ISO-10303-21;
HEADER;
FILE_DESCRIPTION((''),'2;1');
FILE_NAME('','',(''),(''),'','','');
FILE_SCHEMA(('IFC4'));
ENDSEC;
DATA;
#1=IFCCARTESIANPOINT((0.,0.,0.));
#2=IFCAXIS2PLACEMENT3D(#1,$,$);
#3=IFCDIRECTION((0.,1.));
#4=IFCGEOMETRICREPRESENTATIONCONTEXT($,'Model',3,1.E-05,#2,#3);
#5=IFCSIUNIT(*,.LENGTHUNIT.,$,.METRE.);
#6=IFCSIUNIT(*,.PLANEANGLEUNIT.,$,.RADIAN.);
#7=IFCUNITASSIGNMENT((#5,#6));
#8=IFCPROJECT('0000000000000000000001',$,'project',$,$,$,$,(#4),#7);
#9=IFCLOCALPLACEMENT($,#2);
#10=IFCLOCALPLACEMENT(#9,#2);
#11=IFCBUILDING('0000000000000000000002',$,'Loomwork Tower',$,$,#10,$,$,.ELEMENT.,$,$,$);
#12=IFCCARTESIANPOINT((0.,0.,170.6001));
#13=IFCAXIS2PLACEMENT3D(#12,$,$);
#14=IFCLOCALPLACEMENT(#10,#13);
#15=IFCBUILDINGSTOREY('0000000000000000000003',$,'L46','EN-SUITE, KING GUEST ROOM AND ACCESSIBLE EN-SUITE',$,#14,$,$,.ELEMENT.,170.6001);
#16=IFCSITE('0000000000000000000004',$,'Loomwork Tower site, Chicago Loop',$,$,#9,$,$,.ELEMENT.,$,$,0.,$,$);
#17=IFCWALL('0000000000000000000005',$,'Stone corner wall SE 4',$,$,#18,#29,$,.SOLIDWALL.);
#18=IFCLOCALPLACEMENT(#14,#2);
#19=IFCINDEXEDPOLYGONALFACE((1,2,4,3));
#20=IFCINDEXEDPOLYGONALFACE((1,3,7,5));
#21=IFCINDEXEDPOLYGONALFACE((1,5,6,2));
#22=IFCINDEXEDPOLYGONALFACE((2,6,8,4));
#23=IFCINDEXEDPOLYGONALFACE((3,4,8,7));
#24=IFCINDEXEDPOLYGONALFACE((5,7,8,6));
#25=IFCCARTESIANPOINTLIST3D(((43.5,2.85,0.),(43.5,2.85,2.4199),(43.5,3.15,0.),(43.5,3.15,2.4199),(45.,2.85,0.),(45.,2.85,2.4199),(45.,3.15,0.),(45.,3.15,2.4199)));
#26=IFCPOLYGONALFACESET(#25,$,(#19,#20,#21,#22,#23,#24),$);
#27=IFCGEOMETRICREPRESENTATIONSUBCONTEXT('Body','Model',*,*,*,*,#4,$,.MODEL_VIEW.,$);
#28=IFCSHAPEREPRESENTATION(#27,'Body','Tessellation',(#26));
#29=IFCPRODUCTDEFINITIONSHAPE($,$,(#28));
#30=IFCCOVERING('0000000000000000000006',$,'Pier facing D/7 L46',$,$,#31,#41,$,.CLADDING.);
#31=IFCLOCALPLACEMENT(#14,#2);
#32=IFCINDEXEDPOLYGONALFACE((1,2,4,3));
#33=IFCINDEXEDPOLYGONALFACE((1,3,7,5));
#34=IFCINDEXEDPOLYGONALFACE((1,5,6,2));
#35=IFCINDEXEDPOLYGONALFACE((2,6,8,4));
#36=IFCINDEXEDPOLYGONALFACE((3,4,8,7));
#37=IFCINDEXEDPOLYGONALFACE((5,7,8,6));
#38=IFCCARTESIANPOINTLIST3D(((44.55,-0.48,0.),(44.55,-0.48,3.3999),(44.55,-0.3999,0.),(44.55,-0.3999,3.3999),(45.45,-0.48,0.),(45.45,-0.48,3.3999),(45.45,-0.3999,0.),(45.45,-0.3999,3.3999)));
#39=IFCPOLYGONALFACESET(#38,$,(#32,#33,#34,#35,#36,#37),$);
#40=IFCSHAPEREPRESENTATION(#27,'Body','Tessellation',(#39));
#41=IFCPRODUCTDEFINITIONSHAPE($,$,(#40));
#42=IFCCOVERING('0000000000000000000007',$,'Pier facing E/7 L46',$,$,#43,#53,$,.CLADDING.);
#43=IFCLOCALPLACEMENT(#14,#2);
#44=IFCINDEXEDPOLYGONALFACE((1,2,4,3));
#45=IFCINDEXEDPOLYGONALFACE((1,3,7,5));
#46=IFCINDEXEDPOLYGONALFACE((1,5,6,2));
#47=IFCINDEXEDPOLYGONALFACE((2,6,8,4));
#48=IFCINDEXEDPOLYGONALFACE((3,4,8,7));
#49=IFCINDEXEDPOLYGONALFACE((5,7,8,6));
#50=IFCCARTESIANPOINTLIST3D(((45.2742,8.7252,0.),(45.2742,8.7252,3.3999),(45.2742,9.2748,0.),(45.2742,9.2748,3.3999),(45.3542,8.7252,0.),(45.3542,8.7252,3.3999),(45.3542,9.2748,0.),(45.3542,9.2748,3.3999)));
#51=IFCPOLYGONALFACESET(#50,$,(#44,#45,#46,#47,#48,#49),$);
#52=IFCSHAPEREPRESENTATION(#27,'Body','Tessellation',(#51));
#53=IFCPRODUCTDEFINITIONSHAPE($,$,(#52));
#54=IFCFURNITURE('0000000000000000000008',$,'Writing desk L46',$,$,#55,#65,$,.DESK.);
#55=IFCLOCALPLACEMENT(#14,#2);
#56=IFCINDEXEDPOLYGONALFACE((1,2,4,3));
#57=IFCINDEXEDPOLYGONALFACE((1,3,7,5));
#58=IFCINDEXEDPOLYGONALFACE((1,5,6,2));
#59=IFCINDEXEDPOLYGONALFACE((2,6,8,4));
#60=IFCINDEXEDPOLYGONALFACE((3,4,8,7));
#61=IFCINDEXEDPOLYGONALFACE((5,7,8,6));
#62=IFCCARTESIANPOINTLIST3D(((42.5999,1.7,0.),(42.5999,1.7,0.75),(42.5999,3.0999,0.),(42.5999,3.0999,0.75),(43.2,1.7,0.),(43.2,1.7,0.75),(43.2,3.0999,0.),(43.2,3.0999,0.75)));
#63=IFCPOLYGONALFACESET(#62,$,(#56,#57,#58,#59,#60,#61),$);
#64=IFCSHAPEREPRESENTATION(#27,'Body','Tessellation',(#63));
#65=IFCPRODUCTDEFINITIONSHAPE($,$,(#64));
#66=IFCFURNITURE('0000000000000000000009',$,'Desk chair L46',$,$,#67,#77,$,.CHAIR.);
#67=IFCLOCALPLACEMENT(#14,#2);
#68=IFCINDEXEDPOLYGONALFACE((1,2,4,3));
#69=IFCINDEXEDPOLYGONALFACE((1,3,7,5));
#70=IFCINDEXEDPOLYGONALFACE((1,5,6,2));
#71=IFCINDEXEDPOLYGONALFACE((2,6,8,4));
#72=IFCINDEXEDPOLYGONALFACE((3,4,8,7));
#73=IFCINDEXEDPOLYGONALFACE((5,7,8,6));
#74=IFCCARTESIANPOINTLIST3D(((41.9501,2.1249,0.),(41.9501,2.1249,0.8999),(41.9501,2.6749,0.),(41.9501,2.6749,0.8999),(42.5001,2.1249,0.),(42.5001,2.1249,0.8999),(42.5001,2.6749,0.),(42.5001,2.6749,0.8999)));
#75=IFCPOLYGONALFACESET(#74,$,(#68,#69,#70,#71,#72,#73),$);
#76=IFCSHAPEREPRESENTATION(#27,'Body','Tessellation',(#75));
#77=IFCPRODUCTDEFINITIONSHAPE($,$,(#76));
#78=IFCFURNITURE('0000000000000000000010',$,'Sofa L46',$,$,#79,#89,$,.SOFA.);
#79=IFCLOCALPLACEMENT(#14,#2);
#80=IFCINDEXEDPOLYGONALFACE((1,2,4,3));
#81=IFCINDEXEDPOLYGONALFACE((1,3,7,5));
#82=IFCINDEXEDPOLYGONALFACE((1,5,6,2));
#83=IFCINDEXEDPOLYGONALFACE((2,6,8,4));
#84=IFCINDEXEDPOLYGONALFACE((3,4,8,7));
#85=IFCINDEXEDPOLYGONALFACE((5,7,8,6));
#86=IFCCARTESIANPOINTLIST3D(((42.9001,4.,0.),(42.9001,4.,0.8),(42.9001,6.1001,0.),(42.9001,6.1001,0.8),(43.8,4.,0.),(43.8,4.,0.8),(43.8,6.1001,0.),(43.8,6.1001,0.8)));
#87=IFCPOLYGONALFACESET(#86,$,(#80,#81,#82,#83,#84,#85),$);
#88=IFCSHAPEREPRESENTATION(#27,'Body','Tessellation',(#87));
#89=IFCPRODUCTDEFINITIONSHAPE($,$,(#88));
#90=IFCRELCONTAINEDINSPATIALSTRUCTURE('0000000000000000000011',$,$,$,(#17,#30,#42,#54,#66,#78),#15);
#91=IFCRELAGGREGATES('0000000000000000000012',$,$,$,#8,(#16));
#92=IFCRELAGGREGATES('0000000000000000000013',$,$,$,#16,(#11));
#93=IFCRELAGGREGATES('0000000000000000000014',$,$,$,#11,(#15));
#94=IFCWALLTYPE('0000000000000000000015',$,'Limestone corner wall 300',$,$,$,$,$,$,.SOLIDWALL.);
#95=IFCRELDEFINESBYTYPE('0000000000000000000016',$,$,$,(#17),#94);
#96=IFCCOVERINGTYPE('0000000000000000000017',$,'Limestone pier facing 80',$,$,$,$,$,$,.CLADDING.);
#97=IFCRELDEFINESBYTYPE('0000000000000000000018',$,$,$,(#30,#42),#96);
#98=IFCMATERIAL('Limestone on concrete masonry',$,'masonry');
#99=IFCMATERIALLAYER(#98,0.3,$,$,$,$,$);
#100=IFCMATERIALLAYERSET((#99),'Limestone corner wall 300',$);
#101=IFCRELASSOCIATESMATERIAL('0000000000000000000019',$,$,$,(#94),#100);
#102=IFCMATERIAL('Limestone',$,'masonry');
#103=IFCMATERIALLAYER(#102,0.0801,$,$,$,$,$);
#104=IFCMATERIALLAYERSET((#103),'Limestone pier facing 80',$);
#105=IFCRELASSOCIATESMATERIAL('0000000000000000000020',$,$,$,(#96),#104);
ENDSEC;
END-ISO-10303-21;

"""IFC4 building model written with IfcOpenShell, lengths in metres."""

from ifc_helpers import new_model, si_unit, direction, frame, frame_2d, origin, origin_2d, place, context, subcontext, project, spatial, rectangle, extrude, material, layer, layer_set, type_object, element, save


model = new_model("IFC4")

# Units and contexts
model_context = context("Model", 3, precision=1e-05, world=origin(), true_north=direction((0.0, 1.0)))
body_context = subcontext(model_context, "Body", "Model", "MODEL_VIEW")
ifc_project = project(units=[si_unit("LENGTHUNIT", "METRE"), si_unit("PLANEANGLEUNIT", "RADIAN")], contexts=[model_context])

# Site, building, storey
site_placement = place(None, origin())
site = spatial("IfcSite", under=ifc_project, at=site_placement, Name="Loomwork Tower site, Chicago Loop", CompositionType="ELEMENT", RefElevation=0.0)
building_placement = place(site_placement, origin())
building = spatial("IfcBuilding", under=site, at=building_placement, Name="Loomwork Tower", CompositionType="ELEMENT")
storey_placement = place(building_placement, frame((0.0, 0.0, 170.6001)))
storey = spatial("IfcBuildingStorey", under=building, at=storey_placement, Name="L46", Description="EN-SUITE, KING GUEST ROOM AND ACCESSIBLE EN-SUITE", CompositionType="ELEMENT", Elevation=170.6001)

# Shared definitions
ifc_material_1 = material(Name="Limestone on concrete masonry", Category="masonry")
ifc_layer_1 = layer(ifc_material_1, 0.3)
ifc_layer_set_1 = layer_set([ifc_layer_1], Name="Limestone corner wall 300")
wall_type_1 = type_object("IfcWallType", Name="Limestone corner wall 300", PredefinedType="SOLIDWALL", material=ifc_layer_set_1)

# Wall
wall_1_placement = place(storey_placement, frame((43.5, 3.0, 0.0), z_axis=(0.0, 0.0, 1.0), x_axis=(1.0, 0.0, 0.0)))
element("IfcWall", 1, at=wall_1_placement, inside=storey, type_object=wall_type_1, Name="Stone corner wall SE 4", PredefinedType="SOLIDWALL", context=body_context, shape_type="SweptSolid", body=[
    extrude(rectangle(XDim=1.5, YDim=0.3, at=frame_2d((0.75, 0.0))), origin(), (0.0, 0.0, 1.0), 2.4199),
])

# Coverings
ifc_material_2 = material(Name="Limestone", Category="masonry")
ifc_layer_2 = layer(ifc_material_2, 0.0801)
ifc_layer_set_2 = layer_set([ifc_layer_2], Name="Limestone pier facing 80")
covering_type = type_object("IfcCoveringType", Name="Limestone pier facing 80", PredefinedType="CLADDING", material=ifc_layer_set_2)
covering_1_placement = place(storey_placement, frame((45.0, -0.4399, 0.0), z_axis=(0.0, 0.0, 1.0), x_axis=(1.0, 0.0, 0.0)))
element("IfcCovering", 2, at=covering_1_placement, inside=storey, type_object=covering_type, Name="Pier facing D/7 L46", PredefinedType="CLADDING", context=body_context, shape_type="SweptSolid", body=[
    extrude(rectangle(XDim=0.8999, YDim=0.0801, at=origin_2d()), origin(), (0.0, 0.0, 1.0), 3.3999),
])
covering_2_placement = place(storey_placement, frame((45.3142, 9.0, 0.0), z_axis=(0.0, 0.0, 1.0), x_axis=(1.0, 0.0, 0.0)))
element("IfcCovering", 3, at=covering_2_placement, inside=storey, type_object=covering_type, Name="Pier facing E/7 L46", PredefinedType="CLADDING", context=body_context, shape_type="SweptSolid", body=[
    extrude(rectangle(XDim=0.0801, YDim=0.5496, at=origin_2d()), origin(), (0.0, 0.0, 1.0), 3.3999),
])

# Furniture
furniture_1_placement = place(storey_placement, frame((42.8999, 2.3999, 0.0), z_axis=(0.0, 0.0, 1.0), x_axis=(1.0, 0.0, 0.0)))
element("IfcFurniture", 4, at=furniture_1_placement, inside=storey, Name="Writing desk L46", PredefinedType="DESK", context=body_context, shape_type="SweptSolid", body=[
    extrude(rectangle(XDim=0.6001, YDim=1.3999, at=origin_2d()), origin(), (0.0, 0.0, 1.0), 0.75),
])
furniture_2_placement = place(storey_placement, frame((42.2251, 2.3999, 0.0), z_axis=(0.0, 0.0, 1.0), x_axis=(1.0, 0.0, 0.0)))
element("IfcFurniture", 5, at=furniture_2_placement, inside=storey, Name="Desk chair L46", PredefinedType="CHAIR", context=body_context, shape_type="SweptSolid", body=[
    extrude(rectangle(XDim=0.55, YDim=0.55, at=origin_2d()), origin(), (0.0, 0.0, 1.0), 0.8999),
])
furniture_3_placement = place(storey_placement, frame((43.3501, 5.05, 0.0), z_axis=(0.0, 0.0, 1.0), x_axis=(1.0, 0.0, 0.0)))
element("IfcFurniture", 6, at=furniture_3_placement, inside=storey, Name="Sofa L46", PredefinedType="SOFA", context=body_context, shape_type="SweptSolid", body=[
    extrude(rectangle(XDim=0.8999, YDim=2.1001, at=origin_2d()), origin(), (0.0, 0.0, 1.0), 0.8),
])

save(model, "model.ifc")
